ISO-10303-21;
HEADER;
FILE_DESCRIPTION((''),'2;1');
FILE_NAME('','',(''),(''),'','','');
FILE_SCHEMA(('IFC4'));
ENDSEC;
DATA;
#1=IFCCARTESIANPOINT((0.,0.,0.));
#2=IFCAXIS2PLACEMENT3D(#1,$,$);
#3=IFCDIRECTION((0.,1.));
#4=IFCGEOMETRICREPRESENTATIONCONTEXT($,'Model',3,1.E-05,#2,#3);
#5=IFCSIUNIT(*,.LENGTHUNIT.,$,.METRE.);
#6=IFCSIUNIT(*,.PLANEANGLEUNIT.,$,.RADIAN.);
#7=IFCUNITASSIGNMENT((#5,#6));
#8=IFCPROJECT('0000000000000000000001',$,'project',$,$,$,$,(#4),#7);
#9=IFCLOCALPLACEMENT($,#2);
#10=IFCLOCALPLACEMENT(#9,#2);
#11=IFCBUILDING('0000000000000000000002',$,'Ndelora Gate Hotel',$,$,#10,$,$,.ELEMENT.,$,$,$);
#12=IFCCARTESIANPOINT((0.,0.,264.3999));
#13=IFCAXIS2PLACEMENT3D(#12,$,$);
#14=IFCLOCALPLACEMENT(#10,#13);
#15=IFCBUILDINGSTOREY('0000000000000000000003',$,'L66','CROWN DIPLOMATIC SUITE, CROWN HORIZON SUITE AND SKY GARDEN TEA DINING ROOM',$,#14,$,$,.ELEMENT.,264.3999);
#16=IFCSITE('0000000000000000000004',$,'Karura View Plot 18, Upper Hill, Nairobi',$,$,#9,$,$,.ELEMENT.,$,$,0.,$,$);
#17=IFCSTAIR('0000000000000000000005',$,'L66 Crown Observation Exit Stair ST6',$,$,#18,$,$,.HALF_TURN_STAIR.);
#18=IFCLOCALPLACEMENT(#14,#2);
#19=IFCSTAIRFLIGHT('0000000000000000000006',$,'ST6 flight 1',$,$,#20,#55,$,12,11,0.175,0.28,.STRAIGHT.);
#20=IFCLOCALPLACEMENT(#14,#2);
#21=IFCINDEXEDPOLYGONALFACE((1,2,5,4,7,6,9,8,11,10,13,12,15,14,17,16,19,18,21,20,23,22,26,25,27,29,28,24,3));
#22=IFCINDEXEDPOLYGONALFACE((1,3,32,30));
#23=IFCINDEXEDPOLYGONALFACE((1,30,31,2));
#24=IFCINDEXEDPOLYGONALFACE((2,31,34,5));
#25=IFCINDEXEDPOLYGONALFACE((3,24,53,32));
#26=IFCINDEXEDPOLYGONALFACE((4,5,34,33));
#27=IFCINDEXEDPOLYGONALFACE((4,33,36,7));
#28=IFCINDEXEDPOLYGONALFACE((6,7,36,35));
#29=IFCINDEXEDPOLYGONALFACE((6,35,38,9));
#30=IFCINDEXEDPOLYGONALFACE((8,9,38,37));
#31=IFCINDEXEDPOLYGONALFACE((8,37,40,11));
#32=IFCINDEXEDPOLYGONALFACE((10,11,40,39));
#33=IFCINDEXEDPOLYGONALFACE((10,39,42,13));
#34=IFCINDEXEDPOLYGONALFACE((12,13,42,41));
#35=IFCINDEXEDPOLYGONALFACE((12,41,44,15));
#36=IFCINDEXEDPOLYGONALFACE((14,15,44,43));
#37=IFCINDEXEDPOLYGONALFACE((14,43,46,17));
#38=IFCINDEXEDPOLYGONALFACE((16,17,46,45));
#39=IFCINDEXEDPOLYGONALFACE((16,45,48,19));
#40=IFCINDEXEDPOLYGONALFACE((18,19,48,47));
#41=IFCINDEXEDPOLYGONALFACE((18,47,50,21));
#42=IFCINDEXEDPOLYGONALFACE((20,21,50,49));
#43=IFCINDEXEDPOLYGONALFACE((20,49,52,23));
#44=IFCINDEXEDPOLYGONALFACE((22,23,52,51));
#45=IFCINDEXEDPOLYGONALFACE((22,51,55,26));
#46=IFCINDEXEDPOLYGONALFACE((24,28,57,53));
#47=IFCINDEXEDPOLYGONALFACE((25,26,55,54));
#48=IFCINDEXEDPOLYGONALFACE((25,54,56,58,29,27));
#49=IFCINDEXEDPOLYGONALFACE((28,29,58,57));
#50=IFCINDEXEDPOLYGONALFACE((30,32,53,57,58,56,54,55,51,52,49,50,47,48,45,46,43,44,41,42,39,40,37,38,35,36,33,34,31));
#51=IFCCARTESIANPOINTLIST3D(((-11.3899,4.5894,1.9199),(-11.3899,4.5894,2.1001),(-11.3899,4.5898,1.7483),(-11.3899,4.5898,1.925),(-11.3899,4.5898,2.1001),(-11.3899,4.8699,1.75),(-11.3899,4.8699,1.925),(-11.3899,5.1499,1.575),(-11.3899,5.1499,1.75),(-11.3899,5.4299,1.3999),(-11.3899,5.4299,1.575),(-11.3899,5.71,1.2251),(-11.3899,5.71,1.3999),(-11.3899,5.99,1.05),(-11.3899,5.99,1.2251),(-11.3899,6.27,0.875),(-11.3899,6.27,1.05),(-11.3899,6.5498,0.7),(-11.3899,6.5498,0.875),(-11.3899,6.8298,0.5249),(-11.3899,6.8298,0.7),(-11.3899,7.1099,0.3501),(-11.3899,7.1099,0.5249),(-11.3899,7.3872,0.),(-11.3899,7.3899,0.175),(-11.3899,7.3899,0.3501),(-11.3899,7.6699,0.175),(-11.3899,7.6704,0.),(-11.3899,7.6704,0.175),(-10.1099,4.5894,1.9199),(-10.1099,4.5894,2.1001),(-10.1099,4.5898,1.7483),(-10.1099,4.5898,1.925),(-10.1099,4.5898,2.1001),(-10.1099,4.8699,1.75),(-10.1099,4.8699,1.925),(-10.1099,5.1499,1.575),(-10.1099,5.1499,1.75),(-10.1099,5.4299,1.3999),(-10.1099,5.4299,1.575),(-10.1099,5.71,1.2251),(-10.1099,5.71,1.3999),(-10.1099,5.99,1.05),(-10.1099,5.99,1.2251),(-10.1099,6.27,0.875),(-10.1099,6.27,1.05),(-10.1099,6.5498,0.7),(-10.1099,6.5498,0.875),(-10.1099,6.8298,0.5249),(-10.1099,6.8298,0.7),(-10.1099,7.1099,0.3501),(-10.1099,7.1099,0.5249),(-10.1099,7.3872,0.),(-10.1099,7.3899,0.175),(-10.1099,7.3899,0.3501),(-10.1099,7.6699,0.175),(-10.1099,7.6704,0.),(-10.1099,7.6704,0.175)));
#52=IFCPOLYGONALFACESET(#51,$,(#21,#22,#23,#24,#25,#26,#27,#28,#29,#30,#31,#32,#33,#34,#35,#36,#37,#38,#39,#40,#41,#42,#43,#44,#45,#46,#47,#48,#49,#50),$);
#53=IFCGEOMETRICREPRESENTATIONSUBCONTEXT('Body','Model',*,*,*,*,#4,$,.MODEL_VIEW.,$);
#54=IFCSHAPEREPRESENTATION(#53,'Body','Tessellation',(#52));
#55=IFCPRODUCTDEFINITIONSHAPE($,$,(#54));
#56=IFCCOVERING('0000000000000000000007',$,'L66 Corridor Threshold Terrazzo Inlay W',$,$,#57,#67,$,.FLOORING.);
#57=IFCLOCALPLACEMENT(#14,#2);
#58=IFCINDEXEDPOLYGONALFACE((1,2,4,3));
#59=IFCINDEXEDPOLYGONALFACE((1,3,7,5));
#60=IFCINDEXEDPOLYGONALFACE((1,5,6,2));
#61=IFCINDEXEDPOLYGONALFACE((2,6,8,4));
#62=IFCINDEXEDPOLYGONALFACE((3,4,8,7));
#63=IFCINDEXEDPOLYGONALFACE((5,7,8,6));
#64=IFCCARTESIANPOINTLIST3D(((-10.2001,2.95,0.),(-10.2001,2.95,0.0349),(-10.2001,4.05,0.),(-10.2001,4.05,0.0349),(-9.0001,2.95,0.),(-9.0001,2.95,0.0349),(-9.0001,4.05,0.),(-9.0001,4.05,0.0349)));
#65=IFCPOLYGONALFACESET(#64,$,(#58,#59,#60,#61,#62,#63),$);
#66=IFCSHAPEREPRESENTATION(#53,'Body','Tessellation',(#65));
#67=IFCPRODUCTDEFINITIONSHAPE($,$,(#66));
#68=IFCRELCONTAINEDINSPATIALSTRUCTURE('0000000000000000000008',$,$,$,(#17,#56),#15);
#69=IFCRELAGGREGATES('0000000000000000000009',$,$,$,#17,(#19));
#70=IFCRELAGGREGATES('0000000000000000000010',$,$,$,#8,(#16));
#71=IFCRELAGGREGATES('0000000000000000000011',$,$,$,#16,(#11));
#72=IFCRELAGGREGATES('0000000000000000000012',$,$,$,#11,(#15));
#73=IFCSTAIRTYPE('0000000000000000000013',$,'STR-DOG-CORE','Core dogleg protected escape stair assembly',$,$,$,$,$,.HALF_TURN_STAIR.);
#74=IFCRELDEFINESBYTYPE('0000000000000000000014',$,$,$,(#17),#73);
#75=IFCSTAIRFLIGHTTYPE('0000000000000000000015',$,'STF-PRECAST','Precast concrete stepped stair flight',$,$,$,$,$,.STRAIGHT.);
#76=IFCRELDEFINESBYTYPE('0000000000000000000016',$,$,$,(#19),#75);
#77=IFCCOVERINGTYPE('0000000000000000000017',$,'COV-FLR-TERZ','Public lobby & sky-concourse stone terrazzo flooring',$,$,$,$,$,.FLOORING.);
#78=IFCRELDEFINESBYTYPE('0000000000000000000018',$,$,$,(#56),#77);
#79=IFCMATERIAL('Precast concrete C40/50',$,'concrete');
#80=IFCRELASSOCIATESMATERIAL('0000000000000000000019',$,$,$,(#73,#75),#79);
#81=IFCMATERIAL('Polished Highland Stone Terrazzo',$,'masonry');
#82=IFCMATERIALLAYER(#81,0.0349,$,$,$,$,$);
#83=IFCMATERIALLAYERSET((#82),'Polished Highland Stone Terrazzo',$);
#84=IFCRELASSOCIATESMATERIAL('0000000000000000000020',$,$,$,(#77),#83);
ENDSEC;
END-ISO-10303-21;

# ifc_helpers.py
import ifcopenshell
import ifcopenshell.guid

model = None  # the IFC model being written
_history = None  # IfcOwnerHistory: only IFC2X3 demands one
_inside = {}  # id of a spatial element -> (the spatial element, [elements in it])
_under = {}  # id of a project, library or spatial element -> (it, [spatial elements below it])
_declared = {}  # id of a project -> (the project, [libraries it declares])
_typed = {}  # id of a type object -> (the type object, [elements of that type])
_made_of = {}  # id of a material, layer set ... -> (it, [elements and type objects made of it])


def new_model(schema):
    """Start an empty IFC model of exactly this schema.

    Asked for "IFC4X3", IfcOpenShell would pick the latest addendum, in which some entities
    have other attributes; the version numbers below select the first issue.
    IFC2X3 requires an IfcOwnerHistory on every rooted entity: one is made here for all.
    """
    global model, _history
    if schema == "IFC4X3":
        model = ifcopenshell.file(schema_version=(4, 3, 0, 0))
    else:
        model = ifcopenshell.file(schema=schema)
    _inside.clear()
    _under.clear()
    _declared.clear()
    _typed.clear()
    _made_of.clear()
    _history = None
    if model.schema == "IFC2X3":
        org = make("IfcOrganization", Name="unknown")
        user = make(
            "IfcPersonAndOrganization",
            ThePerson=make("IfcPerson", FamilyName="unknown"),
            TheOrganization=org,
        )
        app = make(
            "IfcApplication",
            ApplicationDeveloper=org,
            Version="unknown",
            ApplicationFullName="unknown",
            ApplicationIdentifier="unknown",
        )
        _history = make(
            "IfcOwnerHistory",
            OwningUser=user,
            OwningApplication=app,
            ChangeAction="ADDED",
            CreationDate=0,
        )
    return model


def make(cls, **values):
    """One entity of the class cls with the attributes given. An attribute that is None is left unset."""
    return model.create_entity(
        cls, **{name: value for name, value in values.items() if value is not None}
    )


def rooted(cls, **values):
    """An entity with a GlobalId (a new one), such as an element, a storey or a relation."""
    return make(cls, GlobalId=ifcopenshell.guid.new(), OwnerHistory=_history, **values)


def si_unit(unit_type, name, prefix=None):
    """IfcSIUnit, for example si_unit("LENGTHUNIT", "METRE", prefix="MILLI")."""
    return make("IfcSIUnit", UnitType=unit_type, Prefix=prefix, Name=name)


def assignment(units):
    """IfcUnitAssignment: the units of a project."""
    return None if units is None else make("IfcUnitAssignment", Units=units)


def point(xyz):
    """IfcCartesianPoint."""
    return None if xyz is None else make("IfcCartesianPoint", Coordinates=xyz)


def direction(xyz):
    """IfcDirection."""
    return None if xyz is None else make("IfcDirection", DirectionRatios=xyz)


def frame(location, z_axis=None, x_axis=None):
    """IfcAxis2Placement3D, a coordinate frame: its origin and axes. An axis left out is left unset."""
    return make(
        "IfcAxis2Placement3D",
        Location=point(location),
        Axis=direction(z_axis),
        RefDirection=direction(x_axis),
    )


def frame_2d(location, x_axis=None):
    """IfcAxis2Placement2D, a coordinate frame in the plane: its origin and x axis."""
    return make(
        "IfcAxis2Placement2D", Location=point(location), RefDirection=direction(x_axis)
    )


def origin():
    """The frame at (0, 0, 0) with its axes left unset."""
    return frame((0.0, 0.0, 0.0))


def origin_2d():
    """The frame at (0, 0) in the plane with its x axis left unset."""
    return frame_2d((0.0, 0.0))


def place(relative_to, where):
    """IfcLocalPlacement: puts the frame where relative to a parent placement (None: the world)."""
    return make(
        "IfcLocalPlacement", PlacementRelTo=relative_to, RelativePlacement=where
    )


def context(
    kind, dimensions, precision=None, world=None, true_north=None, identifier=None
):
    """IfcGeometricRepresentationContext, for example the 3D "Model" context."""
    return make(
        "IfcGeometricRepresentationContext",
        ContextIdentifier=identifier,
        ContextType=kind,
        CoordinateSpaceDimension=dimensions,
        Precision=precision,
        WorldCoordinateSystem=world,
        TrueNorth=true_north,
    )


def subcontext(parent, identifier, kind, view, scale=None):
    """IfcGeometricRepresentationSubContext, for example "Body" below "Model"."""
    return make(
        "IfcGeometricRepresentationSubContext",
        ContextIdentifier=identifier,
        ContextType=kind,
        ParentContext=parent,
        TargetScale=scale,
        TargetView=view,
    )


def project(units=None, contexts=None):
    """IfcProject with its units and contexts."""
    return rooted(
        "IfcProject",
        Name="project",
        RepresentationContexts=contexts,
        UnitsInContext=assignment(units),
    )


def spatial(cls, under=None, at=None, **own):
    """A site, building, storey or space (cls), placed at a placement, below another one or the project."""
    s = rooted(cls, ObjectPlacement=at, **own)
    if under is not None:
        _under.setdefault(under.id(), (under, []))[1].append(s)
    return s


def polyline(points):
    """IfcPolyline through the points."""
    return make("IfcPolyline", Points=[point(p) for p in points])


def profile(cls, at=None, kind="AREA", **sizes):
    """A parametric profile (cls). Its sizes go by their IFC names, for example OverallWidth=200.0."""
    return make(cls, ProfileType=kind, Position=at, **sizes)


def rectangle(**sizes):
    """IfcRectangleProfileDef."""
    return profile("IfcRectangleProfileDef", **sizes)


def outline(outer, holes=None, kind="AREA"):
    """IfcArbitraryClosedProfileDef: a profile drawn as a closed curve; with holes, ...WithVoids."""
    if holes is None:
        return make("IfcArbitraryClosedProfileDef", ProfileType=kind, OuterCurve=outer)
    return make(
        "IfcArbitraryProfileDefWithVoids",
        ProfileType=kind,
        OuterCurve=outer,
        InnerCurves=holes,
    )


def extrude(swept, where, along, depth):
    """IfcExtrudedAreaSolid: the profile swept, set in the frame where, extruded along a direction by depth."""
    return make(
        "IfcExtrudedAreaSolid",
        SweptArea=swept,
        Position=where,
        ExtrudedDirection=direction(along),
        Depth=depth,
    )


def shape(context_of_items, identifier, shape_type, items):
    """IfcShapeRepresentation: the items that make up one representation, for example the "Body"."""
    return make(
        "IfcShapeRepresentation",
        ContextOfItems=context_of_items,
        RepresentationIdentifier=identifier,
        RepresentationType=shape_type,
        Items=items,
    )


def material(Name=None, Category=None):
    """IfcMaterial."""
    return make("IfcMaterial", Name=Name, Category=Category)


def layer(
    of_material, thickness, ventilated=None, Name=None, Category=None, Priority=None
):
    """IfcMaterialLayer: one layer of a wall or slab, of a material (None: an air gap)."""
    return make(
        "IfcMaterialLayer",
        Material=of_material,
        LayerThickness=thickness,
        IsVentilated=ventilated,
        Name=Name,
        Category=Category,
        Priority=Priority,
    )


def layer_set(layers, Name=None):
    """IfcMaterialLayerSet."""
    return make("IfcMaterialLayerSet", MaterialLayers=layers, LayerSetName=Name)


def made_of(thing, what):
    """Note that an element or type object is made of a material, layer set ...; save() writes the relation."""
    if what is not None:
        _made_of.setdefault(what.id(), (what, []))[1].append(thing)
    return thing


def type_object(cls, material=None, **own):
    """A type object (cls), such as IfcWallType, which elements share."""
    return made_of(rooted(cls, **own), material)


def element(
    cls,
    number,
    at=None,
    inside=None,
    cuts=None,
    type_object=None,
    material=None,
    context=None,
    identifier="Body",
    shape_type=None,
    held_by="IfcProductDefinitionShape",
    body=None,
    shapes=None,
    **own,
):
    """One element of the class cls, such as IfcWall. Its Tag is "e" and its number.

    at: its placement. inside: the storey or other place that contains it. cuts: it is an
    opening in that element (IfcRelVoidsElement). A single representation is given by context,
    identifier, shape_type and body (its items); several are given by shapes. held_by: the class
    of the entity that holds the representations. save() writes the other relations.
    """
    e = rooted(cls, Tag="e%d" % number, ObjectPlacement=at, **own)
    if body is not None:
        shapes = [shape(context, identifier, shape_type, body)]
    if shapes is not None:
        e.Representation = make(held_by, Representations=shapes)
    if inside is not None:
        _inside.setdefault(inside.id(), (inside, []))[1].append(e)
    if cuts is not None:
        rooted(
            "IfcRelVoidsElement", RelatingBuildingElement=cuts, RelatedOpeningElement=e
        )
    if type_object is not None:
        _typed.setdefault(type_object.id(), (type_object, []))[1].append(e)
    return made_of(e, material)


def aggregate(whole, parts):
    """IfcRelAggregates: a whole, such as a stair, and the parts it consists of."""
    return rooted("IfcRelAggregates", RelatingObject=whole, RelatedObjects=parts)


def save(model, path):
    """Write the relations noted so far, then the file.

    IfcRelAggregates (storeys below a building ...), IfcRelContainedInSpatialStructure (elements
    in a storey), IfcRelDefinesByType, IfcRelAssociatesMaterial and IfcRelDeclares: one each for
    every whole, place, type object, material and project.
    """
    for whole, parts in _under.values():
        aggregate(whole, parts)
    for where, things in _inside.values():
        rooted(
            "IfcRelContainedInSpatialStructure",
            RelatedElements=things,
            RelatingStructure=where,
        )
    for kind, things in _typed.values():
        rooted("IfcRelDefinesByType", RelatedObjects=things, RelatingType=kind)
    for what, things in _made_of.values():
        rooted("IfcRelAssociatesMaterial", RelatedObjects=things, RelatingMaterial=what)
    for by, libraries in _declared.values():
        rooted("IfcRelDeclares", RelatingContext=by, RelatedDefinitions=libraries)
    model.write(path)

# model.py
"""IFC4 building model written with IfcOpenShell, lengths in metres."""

from ifc_helpers import new_model, si_unit, direction, frame, origin, origin_2d, place, context, subcontext, project, spatial, polyline, rectangle, outline, extrude, material, layer, layer_set, type_object, element, aggregate, save


model = new_model("IFC4")

# Units and contexts
model_context = context("Model", 3, precision=1e-05, world=origin(), true_north=direction((0.0, 1.0)))
body_context = subcontext(model_context, "Body", "Model", "MODEL_VIEW")
ifc_project = project(units=[si_unit("LENGTHUNIT", "METRE"), si_unit("PLANEANGLEUNIT", "RADIAN")], contexts=[model_context])

# Site, building, storey
site_placement = place(None, origin())
site = spatial("IfcSite", under=ifc_project, at=site_placement, Name="Karura View Plot 18, Upper Hill, Nairobi", CompositionType="ELEMENT", RefElevation=0.0)
building_placement = place(site_placement, origin())
building = spatial("IfcBuilding", under=site, at=building_placement, Name="Ndelora Gate Hotel", CompositionType="ELEMENT")
storey_placement = place(building_placement, frame((0.0, 0.0, 264.3999)))
storey = spatial("IfcBuildingStorey", under=building, at=storey_placement, Name="L66", Description="CROWN DIPLOMATIC SUITE, CROWN HORIZON SUITE AND SKY GARDEN TEA DINING ROOM", CompositionType="ELEMENT", Elevation=264.3999)

# Stair, stair flight
ifc_material_1 = material(Name="Precast concrete C40/50", Category="concrete")
stair_type = type_object("IfcStairType", Name="STR-DOG-CORE", Description="Core dogleg protected escape stair assembly", PredefinedType="HALF_TURN_STAIR", material=ifc_material_1)
stair_placement = place(storey_placement, origin())
stair = element("IfcStair", 1, at=stair_placement, inside=storey, type_object=stair_type, Name="L66 Crown Observation Exit Stair ST6", PredefinedType="HALF_TURN_STAIR")
stair_flight_type = type_object("IfcStairFlightType", Name="STF-PRECAST", Description="Precast concrete stepped stair flight", PredefinedType="STRAIGHT", material=ifc_material_1)
stair_flight_placement = place(storey_placement, frame((-10.75, 7.6699, 0.0), z_axis=(0.0, 0.0, 1.0), x_axis=(0.0, -1.0, 0.0)))
stair_flight = element("IfcStairFlight", 2, at=stair_flight_placement, type_object=stair_flight_type, Name="ST6 flight 1", NumberOfRisers=12, NumberOfTreads=11, PredefinedType="STRAIGHT", RiserHeight=0.175, TreadLength=0.28, context=body_context, shape_type="SweptSolid", body=[
    extrude(outline(polyline([(-0.0005, 0.0), (-0.0005, 0.175), (0.0, 0.175), (0.28, 0.175), (0.28, 0.3501), (0.5601, 0.3501), (0.5601, 0.5249), (0.8401, 0.5249), (0.8401, 0.7), (1.1201, 0.7), (1.1201, 0.875), (1.3999, 0.875), (1.3999, 1.05), (1.6799, 1.05), (1.6799, 1.2251), (1.96, 1.2251), (1.96, 1.3999), (2.24, 1.3999), (2.24, 1.575), (2.52, 1.575), (2.52, 1.75), (2.8, 1.75), (2.8, 1.925), (3.0801, 1.925), (3.0801, 2.1001), (3.0806, 2.1001), (3.0806, 1.9199), (3.0801, 1.7483), (0.2827, 0.0), (-0.0005, 0.0)])), frame((0.0, 0.6401, 0.0), z_axis=(0.0, -1.0, 0.0), x_axis=(1.0, 0.0, 0.0)), (0.0, 0.0, 1.0), 1.28),
])
aggregate(stair, [stair_flight])

# Covering
ifc_material_2 = material(Name="Polished Highland Stone Terrazzo", Category="masonry")
ifc_layer_1 = layer(ifc_material_2, 0.0349)
ifc_layer_set_1 = layer_set([ifc_layer_1], Name="Polished Highland Stone Terrazzo")
covering_type = type_object("IfcCoveringType", Name="COV-FLR-TERZ", Description="Public lobby & sky-concourse stone terrazzo flooring", PredefinedType="FLOORING", material=ifc_layer_set_1)
covering_placement = place(storey_placement, frame((-9.6001, 3.5, 0.0), z_axis=(0.0, 0.0, 1.0), x_axis=(1.0, 0.0, 0.0)))
element("IfcCovering", 3, at=covering_placement, inside=storey, type_object=covering_type, Name="L66 Corridor Threshold Terrazzo Inlay W", PredefinedType="FLOORING", context=body_context, shape_type="SweptSolid", body=[
    extrude(rectangle(XDim=1.2, YDim=1.1001, at=origin_2d()), origin(), (0.0, 0.0, 1.0), 0.0349),
])

save(model, "model.ifc")
